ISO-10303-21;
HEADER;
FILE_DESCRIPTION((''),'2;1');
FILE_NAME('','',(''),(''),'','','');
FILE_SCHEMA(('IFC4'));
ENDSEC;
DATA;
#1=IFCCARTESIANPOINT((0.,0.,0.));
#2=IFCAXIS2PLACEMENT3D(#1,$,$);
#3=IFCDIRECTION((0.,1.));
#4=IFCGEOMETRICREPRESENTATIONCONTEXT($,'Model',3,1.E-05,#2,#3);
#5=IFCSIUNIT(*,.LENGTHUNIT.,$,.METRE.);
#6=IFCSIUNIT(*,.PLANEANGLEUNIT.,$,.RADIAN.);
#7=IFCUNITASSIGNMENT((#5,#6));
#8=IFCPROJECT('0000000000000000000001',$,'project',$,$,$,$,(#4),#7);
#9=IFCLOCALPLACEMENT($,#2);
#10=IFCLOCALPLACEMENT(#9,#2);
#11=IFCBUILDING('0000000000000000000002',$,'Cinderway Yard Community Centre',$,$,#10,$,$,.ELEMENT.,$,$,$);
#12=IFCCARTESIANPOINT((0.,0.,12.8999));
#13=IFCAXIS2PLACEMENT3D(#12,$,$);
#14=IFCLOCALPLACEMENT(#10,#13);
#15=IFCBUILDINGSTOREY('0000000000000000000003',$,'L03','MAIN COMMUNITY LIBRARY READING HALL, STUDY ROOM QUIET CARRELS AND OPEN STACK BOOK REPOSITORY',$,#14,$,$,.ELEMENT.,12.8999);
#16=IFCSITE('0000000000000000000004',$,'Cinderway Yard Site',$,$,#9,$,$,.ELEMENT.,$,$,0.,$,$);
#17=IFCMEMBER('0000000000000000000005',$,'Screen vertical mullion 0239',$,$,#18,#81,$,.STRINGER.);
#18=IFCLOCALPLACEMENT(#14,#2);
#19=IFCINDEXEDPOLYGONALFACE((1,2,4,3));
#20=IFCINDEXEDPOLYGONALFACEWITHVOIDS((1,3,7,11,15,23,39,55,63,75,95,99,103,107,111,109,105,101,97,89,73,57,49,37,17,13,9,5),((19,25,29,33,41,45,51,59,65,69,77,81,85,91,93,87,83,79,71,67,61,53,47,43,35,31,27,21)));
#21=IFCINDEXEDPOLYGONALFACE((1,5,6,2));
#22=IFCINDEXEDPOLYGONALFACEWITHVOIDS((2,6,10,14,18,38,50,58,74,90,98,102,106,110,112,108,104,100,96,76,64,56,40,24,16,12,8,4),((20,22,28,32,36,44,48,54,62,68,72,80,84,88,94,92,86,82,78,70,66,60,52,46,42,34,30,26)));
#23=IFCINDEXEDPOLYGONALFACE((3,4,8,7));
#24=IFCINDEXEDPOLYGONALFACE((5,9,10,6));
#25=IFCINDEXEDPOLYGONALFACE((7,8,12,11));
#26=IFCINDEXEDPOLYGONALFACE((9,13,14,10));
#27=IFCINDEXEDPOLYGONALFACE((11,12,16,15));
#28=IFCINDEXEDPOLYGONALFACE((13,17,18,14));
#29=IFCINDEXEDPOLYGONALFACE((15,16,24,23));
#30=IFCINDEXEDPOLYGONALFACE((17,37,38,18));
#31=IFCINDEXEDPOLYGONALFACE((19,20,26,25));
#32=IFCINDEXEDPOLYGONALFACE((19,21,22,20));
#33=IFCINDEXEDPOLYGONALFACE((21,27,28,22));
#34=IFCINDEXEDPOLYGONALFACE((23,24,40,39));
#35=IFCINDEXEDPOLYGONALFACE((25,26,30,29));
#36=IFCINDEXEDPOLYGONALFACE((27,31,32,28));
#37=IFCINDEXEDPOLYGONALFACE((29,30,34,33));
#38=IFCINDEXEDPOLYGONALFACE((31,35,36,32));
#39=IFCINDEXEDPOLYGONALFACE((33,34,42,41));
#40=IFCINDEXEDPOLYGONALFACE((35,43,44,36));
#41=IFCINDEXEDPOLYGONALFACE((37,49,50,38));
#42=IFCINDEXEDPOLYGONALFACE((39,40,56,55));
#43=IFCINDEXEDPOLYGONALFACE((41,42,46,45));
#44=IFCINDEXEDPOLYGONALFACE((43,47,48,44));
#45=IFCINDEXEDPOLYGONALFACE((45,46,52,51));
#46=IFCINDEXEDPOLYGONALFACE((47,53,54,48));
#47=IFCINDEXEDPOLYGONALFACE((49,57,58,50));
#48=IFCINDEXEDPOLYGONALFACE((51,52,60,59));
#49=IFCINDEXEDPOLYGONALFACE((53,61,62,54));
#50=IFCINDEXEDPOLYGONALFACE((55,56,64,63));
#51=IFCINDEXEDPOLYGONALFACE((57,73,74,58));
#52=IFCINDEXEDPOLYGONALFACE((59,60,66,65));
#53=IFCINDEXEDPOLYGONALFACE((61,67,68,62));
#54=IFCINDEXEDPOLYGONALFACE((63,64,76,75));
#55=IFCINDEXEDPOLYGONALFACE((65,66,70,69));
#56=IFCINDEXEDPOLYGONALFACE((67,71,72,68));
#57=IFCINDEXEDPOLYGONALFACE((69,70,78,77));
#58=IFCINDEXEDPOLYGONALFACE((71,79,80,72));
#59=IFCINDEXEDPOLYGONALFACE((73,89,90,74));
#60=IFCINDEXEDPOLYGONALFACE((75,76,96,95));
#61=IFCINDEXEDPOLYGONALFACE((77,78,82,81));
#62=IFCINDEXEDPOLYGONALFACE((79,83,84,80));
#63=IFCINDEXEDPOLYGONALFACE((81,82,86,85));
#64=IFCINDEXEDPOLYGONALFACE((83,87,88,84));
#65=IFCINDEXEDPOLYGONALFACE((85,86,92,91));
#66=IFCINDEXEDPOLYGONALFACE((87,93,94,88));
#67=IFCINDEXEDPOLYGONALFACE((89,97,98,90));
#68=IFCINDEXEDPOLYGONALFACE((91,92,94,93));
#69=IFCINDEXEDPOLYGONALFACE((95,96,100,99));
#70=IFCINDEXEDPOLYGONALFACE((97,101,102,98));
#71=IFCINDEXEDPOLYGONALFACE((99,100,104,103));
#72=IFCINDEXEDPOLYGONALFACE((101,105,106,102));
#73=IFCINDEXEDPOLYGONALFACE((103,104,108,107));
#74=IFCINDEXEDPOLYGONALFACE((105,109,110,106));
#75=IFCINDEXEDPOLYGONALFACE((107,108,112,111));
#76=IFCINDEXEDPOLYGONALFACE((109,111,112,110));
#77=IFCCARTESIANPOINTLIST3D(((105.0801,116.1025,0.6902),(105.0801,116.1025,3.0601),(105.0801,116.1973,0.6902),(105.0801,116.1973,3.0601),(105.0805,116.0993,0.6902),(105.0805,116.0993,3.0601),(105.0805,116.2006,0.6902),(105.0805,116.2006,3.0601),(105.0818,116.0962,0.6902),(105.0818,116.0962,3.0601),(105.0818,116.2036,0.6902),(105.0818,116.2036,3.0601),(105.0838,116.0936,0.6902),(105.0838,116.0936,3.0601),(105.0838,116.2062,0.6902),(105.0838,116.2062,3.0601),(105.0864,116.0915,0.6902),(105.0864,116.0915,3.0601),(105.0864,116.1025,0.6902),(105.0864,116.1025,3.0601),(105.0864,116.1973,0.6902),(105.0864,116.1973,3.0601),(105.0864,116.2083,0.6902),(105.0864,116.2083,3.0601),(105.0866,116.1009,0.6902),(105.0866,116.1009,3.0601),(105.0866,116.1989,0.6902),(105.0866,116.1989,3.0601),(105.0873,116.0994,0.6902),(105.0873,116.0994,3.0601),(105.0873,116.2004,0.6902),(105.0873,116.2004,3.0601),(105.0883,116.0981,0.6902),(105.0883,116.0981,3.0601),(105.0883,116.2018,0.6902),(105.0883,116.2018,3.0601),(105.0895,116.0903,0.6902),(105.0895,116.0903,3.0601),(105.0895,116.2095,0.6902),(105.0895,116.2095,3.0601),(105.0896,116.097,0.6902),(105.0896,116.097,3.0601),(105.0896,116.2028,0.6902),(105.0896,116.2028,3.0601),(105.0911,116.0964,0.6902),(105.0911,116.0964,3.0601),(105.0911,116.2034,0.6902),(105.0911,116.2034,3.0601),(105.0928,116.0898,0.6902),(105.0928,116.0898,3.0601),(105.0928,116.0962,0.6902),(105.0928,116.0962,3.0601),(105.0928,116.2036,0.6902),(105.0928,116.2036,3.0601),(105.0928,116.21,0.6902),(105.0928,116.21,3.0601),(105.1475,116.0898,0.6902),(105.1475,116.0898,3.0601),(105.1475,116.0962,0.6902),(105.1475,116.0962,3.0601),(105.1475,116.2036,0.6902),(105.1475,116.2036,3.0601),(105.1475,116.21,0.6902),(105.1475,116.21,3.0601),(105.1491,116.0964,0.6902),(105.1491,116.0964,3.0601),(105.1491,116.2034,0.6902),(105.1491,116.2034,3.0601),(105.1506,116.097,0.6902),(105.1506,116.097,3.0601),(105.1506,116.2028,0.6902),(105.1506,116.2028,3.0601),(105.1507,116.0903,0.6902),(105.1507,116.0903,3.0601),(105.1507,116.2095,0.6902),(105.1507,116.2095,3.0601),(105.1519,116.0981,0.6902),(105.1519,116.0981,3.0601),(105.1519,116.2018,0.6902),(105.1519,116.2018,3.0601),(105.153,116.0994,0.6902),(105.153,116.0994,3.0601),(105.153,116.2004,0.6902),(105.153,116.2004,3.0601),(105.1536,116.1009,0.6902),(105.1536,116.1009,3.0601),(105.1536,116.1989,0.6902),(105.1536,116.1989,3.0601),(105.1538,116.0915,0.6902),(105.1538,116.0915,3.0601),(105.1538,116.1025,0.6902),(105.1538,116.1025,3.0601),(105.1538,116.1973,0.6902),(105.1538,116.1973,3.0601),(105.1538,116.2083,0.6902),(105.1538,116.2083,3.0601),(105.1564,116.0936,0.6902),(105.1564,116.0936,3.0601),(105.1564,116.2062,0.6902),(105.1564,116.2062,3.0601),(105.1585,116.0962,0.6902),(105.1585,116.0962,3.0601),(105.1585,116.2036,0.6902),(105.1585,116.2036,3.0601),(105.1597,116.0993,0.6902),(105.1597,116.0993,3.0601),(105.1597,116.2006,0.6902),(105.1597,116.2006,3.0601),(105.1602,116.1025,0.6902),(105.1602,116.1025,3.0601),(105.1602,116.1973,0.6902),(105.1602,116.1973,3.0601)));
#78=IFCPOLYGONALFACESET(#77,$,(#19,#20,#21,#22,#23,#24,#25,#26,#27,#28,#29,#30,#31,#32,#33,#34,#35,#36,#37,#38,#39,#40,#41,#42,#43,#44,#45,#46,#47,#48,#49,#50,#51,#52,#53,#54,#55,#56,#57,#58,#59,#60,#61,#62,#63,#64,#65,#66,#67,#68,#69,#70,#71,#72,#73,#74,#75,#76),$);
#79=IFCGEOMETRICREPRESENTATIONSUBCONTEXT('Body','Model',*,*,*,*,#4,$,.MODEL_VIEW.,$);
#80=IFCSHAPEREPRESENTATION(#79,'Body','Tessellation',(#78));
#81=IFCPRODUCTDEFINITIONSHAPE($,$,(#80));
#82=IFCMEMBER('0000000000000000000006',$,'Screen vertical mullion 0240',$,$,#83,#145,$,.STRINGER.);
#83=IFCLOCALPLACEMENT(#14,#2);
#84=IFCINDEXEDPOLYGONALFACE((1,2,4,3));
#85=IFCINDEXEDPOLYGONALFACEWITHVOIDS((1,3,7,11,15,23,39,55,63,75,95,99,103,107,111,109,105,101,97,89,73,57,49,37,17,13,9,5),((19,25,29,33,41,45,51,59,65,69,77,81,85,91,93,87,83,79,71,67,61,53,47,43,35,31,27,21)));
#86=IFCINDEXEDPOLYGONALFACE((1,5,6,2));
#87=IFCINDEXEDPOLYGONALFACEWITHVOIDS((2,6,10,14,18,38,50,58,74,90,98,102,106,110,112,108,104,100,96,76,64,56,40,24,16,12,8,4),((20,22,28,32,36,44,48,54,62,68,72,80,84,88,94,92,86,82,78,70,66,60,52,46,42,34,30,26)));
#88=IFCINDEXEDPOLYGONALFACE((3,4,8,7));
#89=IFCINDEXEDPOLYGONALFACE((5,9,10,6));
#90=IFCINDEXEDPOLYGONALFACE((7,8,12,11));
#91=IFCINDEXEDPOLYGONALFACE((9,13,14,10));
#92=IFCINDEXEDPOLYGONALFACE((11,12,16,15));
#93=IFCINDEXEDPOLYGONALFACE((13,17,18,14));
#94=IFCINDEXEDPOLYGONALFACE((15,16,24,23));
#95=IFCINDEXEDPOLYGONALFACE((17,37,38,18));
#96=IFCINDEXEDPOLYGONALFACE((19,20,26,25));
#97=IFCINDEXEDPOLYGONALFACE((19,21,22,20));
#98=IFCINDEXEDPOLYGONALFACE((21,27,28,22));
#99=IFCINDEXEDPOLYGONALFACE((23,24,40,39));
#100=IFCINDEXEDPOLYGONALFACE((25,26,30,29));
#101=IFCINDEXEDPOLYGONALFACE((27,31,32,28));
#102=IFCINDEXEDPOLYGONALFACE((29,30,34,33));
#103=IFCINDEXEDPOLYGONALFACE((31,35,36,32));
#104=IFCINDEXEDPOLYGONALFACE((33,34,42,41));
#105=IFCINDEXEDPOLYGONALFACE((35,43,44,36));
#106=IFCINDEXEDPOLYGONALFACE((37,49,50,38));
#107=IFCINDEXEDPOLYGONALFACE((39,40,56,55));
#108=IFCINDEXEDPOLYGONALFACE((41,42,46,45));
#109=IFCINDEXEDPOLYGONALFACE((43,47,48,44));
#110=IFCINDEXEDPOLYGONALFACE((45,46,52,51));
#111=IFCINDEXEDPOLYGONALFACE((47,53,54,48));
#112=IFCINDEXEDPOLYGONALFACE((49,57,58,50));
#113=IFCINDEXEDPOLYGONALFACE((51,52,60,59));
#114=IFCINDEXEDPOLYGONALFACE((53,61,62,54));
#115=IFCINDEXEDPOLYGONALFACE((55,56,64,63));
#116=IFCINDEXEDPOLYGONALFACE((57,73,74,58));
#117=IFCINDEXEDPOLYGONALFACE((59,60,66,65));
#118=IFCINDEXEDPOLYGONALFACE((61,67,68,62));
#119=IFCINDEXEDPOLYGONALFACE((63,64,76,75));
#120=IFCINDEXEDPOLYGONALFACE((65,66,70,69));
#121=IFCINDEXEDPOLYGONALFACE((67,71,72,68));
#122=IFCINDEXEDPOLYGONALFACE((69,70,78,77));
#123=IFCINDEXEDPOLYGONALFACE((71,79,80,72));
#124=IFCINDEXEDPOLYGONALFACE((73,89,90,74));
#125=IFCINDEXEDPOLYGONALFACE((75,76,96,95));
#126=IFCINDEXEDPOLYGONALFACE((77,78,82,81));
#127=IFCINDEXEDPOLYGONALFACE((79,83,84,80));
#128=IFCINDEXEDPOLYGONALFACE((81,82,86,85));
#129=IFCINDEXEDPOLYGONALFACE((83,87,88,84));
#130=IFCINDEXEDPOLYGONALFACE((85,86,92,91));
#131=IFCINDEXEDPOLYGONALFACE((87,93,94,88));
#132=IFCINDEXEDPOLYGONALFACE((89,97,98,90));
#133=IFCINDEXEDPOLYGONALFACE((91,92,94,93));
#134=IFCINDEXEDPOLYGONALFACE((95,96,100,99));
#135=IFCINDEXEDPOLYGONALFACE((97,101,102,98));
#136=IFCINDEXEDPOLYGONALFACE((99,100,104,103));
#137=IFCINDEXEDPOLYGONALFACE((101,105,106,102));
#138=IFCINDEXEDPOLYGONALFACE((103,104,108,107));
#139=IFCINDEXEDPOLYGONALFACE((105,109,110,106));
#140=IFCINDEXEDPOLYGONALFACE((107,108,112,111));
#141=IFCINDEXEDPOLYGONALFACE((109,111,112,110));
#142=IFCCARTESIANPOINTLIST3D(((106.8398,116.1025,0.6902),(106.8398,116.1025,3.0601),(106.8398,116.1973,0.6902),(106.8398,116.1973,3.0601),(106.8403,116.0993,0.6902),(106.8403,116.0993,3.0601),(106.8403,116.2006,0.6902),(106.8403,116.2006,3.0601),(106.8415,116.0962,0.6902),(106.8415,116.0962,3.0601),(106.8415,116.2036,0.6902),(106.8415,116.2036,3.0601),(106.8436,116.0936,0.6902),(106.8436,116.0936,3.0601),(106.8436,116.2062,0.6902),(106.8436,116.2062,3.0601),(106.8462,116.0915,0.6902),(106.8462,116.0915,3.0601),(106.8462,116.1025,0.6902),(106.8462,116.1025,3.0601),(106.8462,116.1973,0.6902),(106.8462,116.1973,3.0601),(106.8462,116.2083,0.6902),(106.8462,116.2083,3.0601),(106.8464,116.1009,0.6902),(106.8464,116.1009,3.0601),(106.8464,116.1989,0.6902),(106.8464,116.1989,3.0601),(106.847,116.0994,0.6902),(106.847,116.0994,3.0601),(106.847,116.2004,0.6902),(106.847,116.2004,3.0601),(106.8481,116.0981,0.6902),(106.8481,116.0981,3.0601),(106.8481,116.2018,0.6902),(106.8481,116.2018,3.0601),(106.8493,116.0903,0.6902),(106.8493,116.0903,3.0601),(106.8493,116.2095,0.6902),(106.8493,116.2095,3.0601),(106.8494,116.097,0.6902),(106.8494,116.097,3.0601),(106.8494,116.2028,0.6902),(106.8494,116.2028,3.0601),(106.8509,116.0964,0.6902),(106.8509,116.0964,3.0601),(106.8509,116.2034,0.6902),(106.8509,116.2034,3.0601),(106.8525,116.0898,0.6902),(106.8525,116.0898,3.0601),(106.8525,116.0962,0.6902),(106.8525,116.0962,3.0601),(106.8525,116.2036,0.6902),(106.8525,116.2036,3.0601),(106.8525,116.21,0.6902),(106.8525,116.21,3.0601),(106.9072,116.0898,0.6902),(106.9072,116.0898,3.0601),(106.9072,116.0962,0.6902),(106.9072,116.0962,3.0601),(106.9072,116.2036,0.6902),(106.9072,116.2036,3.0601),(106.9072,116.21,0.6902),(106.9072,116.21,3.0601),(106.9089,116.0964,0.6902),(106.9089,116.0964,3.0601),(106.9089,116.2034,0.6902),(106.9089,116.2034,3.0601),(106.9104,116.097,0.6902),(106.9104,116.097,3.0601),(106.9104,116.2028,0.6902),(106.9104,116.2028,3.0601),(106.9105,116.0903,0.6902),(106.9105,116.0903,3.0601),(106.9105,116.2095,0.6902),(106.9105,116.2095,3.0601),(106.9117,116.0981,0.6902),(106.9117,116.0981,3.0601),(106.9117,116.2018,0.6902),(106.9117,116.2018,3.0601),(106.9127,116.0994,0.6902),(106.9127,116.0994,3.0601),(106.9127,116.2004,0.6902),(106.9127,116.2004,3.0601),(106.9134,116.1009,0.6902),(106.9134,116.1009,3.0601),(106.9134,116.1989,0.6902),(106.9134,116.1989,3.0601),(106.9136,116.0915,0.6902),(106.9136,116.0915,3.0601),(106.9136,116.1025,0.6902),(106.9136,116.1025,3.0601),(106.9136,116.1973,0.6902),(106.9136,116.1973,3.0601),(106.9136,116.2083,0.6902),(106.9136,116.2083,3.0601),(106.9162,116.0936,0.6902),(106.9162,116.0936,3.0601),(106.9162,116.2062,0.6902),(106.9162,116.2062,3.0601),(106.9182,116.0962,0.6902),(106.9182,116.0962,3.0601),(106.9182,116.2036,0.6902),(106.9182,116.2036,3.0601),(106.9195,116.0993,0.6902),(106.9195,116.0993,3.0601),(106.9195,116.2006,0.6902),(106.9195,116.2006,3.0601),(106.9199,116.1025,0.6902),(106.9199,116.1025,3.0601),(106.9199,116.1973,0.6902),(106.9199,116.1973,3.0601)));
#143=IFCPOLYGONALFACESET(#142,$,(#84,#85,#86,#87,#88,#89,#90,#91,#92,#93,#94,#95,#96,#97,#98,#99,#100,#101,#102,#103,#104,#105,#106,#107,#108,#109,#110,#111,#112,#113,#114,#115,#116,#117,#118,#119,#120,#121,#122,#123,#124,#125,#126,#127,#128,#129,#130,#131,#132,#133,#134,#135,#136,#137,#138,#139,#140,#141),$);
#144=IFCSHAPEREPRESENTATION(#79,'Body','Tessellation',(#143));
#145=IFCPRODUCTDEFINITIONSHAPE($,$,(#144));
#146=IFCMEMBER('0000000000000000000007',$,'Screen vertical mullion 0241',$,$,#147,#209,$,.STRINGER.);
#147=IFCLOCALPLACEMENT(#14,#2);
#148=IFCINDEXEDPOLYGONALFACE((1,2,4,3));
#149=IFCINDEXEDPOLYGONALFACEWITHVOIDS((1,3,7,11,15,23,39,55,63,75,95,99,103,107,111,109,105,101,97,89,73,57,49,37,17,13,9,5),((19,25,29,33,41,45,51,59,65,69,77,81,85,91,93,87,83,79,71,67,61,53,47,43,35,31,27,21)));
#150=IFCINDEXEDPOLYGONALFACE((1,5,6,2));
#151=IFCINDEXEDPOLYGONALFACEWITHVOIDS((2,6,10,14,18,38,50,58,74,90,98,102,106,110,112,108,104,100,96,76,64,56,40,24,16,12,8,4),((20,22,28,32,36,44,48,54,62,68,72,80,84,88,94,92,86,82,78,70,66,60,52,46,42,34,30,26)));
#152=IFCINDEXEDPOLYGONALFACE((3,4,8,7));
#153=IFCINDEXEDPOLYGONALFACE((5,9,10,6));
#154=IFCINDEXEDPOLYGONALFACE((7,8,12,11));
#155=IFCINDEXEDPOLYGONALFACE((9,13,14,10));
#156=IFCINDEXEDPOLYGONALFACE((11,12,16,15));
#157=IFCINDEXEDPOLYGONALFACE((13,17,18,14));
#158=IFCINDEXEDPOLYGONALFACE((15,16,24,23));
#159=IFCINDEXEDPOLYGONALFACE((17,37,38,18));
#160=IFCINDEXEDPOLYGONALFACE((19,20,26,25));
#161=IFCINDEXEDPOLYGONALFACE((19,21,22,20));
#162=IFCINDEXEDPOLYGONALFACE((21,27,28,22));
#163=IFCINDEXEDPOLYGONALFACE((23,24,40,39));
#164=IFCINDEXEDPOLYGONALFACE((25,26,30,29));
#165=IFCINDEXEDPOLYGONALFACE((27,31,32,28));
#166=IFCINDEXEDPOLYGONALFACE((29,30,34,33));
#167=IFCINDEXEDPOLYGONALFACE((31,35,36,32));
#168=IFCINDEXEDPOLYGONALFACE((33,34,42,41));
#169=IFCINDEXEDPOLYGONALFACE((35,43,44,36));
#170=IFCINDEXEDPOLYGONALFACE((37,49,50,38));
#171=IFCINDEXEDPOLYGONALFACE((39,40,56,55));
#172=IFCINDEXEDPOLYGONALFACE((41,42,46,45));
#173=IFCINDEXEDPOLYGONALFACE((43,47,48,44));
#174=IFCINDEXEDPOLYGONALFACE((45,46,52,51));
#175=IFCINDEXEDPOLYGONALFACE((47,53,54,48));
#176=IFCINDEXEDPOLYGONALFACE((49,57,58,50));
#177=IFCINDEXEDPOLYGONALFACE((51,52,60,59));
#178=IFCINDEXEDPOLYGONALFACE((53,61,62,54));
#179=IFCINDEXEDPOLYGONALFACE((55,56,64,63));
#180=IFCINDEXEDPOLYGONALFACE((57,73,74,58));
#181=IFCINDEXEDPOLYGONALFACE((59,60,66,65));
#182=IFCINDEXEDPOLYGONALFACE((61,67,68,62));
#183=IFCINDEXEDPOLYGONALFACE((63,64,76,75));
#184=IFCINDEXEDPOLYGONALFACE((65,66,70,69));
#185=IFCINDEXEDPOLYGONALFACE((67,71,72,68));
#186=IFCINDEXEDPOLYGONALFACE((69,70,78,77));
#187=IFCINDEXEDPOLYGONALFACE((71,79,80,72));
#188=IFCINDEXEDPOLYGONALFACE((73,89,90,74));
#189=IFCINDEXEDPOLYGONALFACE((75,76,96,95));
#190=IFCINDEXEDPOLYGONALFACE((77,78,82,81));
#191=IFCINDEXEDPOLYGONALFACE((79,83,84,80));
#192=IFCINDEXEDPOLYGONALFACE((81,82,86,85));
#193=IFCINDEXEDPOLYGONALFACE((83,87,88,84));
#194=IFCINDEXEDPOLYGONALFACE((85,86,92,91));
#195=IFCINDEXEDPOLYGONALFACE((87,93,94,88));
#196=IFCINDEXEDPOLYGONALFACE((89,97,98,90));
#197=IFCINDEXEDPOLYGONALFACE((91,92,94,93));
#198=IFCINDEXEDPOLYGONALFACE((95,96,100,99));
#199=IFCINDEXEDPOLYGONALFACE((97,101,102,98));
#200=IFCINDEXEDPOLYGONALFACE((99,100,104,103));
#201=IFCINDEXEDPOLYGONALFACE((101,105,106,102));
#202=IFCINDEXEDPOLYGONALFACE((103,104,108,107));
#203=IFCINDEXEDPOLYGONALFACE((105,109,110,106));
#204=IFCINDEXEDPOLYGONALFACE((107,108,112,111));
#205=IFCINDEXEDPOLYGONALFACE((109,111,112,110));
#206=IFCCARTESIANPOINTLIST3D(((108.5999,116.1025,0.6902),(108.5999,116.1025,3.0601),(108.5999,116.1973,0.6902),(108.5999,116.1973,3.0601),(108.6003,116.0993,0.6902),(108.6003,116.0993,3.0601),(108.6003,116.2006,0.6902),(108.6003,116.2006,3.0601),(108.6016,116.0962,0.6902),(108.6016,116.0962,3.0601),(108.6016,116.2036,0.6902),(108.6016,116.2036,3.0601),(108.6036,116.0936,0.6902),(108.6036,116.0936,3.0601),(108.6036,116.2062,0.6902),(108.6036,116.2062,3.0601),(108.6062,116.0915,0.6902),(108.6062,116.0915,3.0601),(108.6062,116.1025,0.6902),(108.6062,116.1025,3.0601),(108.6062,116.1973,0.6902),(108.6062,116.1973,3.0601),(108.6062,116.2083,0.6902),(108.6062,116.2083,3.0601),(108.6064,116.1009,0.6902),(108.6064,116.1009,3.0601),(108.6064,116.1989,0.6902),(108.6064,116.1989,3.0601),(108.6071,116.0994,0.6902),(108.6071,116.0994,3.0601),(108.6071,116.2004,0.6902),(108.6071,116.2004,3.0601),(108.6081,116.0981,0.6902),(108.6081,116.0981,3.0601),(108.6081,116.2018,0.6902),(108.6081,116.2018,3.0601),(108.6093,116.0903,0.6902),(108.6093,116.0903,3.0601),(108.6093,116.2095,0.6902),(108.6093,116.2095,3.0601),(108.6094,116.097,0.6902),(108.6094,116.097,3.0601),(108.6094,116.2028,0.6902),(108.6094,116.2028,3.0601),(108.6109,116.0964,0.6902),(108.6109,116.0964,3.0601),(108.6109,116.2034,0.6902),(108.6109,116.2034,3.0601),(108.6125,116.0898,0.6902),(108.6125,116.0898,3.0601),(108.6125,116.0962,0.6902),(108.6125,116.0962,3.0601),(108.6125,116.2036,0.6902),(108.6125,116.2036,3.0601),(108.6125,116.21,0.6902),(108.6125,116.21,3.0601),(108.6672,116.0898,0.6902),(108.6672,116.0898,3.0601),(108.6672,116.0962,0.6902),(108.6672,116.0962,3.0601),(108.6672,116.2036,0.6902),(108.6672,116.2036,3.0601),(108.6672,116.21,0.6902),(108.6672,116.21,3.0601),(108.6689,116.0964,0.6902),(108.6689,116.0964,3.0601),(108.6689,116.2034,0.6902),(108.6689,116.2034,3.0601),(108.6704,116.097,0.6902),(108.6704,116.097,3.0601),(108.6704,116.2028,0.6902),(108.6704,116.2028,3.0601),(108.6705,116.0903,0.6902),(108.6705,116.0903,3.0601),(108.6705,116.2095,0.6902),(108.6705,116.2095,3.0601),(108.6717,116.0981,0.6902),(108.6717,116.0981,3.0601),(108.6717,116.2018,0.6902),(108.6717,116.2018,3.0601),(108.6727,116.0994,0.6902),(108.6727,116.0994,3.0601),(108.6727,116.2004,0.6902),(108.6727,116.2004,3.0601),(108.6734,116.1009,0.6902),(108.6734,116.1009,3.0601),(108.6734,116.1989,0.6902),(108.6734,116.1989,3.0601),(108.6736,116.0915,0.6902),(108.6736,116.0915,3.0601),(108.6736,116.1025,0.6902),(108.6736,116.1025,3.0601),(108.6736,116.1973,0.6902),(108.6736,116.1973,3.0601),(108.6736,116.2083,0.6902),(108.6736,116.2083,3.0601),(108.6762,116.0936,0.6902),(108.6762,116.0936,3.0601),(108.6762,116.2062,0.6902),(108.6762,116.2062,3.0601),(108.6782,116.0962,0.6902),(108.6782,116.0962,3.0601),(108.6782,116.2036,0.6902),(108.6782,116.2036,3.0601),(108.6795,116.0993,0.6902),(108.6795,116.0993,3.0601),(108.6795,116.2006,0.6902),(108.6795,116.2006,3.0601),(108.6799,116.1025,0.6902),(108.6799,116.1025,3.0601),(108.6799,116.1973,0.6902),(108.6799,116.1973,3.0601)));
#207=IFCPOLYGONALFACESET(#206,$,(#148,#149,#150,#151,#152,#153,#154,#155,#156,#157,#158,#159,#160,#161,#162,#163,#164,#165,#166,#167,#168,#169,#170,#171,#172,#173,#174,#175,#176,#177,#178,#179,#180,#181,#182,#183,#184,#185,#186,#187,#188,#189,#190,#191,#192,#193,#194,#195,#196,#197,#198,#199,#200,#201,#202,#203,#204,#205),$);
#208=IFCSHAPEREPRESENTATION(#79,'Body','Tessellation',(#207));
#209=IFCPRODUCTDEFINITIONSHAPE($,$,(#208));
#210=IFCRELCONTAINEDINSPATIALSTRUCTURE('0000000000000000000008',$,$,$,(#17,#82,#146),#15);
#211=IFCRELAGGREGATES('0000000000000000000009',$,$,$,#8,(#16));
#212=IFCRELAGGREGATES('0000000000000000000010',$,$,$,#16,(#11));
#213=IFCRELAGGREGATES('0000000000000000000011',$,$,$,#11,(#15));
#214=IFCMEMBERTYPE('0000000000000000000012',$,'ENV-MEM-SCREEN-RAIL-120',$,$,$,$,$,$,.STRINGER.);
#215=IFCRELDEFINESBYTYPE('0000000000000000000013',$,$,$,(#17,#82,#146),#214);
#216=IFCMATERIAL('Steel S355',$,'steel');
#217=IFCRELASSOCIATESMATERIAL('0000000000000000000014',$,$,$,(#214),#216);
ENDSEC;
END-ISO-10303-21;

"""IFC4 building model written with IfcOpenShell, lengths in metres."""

from ifc_helpers import new_model, si_unit, direction, frame, origin, origin_2d, place, context, subcontext, project, spatial, hollow_rectangle, extrude, material, material_profile, profile_set, type_object, element, save


model = new_model("IFC4")

# Units and contexts
model_context = context("Model", 3, precision=1e-05, world=origin(), true_north=direction((0.0, 1.0)))
body_context = subcontext(model_context, "Body", "Model", "MODEL_VIEW")
ifc_project = project(units=[si_unit("LENGTHUNIT", "METRE"), si_unit("PLANEANGLEUNIT", "RADIAN")], contexts=[model_context])

# Site, building, storey
site_placement = place(None, origin())
site = spatial("IfcSite", under=ifc_project, at=site_placement, Name="Cinderway Yard Site", CompositionType="ELEMENT", RefElevation=0.0)
building_placement = place(site_placement, origin())
building = spatial("IfcBuilding", under=site, at=building_placement, Name="Cinderway Yard Community Centre", CompositionType="ELEMENT")
storey_placement = place(building_placement, frame((0.0, 0.0, 12.8999)))
storey = spatial("IfcBuildingStorey", under=building, at=storey_placement, Name="L03", Description="MAIN COMMUNITY LIBRARY READING HALL, STUDY ROOM QUIET CARRELS AND OPEN STACK BOOK REPOSITORY", CompositionType="ELEMENT", Elevation=12.8999)

# Members
ifc_material_1 = material(Name="Steel S355", Category="steel")
ifc_material_profile_1 = material_profile(ifc_material_1, hollow_rectangle(XDim=0.0801, YDim=0.1201, WallThickness=0.0063, InnerFilletRadius=0.0063, OuterFilletRadius=0.0127, at=origin_2d()), Name="Steel S355")
ifc_profile_set_1 = profile_set([ifc_material_profile_1], Name="Steel S355")
member_type_1 = type_object("IfcMemberType", Name="ENV-MEM-SCREEN-RAIL-120", PredefinedType="STRINGER", material=ifc_profile_set_1)
for number, where, z_axis, x_axis, name in (
    (1, (105.1201, 116.1499, 0.6902), (0.0, 0.0, 1.0), (1.0, 0.0, 0.0), "Screen vertical mullion 0239"),
    (2, (106.8799, 116.1499, 0.6902), (0.0, 0.0, 1.0), (1.0, 0.0, 0.0), "Screen vertical mullion 0240"),
    (3, (108.6399, 116.1499, 0.6902), (0.0, 0.0, 1.0), (1.0, 0.0, 0.0), "Screen vertical mullion 0241"),
):
    element("IfcMember", number, at=place(storey_placement, frame(where, z_axis=z_axis, x_axis=x_axis)), inside=storey, type_object=member_type_1, Name=name, PredefinedType="STRINGER", context=body_context, shape_type="SweptSolid", body=[
        extrude(hollow_rectangle(XDim=0.0801, YDim=0.1201, WallThickness=0.0063, InnerFilletRadius=0.0063, OuterFilletRadius=0.0127, at=origin_2d()), origin(), (0.0, 0.0, 1.0), 2.3699),
    ])

save(model, "model.ifc")
